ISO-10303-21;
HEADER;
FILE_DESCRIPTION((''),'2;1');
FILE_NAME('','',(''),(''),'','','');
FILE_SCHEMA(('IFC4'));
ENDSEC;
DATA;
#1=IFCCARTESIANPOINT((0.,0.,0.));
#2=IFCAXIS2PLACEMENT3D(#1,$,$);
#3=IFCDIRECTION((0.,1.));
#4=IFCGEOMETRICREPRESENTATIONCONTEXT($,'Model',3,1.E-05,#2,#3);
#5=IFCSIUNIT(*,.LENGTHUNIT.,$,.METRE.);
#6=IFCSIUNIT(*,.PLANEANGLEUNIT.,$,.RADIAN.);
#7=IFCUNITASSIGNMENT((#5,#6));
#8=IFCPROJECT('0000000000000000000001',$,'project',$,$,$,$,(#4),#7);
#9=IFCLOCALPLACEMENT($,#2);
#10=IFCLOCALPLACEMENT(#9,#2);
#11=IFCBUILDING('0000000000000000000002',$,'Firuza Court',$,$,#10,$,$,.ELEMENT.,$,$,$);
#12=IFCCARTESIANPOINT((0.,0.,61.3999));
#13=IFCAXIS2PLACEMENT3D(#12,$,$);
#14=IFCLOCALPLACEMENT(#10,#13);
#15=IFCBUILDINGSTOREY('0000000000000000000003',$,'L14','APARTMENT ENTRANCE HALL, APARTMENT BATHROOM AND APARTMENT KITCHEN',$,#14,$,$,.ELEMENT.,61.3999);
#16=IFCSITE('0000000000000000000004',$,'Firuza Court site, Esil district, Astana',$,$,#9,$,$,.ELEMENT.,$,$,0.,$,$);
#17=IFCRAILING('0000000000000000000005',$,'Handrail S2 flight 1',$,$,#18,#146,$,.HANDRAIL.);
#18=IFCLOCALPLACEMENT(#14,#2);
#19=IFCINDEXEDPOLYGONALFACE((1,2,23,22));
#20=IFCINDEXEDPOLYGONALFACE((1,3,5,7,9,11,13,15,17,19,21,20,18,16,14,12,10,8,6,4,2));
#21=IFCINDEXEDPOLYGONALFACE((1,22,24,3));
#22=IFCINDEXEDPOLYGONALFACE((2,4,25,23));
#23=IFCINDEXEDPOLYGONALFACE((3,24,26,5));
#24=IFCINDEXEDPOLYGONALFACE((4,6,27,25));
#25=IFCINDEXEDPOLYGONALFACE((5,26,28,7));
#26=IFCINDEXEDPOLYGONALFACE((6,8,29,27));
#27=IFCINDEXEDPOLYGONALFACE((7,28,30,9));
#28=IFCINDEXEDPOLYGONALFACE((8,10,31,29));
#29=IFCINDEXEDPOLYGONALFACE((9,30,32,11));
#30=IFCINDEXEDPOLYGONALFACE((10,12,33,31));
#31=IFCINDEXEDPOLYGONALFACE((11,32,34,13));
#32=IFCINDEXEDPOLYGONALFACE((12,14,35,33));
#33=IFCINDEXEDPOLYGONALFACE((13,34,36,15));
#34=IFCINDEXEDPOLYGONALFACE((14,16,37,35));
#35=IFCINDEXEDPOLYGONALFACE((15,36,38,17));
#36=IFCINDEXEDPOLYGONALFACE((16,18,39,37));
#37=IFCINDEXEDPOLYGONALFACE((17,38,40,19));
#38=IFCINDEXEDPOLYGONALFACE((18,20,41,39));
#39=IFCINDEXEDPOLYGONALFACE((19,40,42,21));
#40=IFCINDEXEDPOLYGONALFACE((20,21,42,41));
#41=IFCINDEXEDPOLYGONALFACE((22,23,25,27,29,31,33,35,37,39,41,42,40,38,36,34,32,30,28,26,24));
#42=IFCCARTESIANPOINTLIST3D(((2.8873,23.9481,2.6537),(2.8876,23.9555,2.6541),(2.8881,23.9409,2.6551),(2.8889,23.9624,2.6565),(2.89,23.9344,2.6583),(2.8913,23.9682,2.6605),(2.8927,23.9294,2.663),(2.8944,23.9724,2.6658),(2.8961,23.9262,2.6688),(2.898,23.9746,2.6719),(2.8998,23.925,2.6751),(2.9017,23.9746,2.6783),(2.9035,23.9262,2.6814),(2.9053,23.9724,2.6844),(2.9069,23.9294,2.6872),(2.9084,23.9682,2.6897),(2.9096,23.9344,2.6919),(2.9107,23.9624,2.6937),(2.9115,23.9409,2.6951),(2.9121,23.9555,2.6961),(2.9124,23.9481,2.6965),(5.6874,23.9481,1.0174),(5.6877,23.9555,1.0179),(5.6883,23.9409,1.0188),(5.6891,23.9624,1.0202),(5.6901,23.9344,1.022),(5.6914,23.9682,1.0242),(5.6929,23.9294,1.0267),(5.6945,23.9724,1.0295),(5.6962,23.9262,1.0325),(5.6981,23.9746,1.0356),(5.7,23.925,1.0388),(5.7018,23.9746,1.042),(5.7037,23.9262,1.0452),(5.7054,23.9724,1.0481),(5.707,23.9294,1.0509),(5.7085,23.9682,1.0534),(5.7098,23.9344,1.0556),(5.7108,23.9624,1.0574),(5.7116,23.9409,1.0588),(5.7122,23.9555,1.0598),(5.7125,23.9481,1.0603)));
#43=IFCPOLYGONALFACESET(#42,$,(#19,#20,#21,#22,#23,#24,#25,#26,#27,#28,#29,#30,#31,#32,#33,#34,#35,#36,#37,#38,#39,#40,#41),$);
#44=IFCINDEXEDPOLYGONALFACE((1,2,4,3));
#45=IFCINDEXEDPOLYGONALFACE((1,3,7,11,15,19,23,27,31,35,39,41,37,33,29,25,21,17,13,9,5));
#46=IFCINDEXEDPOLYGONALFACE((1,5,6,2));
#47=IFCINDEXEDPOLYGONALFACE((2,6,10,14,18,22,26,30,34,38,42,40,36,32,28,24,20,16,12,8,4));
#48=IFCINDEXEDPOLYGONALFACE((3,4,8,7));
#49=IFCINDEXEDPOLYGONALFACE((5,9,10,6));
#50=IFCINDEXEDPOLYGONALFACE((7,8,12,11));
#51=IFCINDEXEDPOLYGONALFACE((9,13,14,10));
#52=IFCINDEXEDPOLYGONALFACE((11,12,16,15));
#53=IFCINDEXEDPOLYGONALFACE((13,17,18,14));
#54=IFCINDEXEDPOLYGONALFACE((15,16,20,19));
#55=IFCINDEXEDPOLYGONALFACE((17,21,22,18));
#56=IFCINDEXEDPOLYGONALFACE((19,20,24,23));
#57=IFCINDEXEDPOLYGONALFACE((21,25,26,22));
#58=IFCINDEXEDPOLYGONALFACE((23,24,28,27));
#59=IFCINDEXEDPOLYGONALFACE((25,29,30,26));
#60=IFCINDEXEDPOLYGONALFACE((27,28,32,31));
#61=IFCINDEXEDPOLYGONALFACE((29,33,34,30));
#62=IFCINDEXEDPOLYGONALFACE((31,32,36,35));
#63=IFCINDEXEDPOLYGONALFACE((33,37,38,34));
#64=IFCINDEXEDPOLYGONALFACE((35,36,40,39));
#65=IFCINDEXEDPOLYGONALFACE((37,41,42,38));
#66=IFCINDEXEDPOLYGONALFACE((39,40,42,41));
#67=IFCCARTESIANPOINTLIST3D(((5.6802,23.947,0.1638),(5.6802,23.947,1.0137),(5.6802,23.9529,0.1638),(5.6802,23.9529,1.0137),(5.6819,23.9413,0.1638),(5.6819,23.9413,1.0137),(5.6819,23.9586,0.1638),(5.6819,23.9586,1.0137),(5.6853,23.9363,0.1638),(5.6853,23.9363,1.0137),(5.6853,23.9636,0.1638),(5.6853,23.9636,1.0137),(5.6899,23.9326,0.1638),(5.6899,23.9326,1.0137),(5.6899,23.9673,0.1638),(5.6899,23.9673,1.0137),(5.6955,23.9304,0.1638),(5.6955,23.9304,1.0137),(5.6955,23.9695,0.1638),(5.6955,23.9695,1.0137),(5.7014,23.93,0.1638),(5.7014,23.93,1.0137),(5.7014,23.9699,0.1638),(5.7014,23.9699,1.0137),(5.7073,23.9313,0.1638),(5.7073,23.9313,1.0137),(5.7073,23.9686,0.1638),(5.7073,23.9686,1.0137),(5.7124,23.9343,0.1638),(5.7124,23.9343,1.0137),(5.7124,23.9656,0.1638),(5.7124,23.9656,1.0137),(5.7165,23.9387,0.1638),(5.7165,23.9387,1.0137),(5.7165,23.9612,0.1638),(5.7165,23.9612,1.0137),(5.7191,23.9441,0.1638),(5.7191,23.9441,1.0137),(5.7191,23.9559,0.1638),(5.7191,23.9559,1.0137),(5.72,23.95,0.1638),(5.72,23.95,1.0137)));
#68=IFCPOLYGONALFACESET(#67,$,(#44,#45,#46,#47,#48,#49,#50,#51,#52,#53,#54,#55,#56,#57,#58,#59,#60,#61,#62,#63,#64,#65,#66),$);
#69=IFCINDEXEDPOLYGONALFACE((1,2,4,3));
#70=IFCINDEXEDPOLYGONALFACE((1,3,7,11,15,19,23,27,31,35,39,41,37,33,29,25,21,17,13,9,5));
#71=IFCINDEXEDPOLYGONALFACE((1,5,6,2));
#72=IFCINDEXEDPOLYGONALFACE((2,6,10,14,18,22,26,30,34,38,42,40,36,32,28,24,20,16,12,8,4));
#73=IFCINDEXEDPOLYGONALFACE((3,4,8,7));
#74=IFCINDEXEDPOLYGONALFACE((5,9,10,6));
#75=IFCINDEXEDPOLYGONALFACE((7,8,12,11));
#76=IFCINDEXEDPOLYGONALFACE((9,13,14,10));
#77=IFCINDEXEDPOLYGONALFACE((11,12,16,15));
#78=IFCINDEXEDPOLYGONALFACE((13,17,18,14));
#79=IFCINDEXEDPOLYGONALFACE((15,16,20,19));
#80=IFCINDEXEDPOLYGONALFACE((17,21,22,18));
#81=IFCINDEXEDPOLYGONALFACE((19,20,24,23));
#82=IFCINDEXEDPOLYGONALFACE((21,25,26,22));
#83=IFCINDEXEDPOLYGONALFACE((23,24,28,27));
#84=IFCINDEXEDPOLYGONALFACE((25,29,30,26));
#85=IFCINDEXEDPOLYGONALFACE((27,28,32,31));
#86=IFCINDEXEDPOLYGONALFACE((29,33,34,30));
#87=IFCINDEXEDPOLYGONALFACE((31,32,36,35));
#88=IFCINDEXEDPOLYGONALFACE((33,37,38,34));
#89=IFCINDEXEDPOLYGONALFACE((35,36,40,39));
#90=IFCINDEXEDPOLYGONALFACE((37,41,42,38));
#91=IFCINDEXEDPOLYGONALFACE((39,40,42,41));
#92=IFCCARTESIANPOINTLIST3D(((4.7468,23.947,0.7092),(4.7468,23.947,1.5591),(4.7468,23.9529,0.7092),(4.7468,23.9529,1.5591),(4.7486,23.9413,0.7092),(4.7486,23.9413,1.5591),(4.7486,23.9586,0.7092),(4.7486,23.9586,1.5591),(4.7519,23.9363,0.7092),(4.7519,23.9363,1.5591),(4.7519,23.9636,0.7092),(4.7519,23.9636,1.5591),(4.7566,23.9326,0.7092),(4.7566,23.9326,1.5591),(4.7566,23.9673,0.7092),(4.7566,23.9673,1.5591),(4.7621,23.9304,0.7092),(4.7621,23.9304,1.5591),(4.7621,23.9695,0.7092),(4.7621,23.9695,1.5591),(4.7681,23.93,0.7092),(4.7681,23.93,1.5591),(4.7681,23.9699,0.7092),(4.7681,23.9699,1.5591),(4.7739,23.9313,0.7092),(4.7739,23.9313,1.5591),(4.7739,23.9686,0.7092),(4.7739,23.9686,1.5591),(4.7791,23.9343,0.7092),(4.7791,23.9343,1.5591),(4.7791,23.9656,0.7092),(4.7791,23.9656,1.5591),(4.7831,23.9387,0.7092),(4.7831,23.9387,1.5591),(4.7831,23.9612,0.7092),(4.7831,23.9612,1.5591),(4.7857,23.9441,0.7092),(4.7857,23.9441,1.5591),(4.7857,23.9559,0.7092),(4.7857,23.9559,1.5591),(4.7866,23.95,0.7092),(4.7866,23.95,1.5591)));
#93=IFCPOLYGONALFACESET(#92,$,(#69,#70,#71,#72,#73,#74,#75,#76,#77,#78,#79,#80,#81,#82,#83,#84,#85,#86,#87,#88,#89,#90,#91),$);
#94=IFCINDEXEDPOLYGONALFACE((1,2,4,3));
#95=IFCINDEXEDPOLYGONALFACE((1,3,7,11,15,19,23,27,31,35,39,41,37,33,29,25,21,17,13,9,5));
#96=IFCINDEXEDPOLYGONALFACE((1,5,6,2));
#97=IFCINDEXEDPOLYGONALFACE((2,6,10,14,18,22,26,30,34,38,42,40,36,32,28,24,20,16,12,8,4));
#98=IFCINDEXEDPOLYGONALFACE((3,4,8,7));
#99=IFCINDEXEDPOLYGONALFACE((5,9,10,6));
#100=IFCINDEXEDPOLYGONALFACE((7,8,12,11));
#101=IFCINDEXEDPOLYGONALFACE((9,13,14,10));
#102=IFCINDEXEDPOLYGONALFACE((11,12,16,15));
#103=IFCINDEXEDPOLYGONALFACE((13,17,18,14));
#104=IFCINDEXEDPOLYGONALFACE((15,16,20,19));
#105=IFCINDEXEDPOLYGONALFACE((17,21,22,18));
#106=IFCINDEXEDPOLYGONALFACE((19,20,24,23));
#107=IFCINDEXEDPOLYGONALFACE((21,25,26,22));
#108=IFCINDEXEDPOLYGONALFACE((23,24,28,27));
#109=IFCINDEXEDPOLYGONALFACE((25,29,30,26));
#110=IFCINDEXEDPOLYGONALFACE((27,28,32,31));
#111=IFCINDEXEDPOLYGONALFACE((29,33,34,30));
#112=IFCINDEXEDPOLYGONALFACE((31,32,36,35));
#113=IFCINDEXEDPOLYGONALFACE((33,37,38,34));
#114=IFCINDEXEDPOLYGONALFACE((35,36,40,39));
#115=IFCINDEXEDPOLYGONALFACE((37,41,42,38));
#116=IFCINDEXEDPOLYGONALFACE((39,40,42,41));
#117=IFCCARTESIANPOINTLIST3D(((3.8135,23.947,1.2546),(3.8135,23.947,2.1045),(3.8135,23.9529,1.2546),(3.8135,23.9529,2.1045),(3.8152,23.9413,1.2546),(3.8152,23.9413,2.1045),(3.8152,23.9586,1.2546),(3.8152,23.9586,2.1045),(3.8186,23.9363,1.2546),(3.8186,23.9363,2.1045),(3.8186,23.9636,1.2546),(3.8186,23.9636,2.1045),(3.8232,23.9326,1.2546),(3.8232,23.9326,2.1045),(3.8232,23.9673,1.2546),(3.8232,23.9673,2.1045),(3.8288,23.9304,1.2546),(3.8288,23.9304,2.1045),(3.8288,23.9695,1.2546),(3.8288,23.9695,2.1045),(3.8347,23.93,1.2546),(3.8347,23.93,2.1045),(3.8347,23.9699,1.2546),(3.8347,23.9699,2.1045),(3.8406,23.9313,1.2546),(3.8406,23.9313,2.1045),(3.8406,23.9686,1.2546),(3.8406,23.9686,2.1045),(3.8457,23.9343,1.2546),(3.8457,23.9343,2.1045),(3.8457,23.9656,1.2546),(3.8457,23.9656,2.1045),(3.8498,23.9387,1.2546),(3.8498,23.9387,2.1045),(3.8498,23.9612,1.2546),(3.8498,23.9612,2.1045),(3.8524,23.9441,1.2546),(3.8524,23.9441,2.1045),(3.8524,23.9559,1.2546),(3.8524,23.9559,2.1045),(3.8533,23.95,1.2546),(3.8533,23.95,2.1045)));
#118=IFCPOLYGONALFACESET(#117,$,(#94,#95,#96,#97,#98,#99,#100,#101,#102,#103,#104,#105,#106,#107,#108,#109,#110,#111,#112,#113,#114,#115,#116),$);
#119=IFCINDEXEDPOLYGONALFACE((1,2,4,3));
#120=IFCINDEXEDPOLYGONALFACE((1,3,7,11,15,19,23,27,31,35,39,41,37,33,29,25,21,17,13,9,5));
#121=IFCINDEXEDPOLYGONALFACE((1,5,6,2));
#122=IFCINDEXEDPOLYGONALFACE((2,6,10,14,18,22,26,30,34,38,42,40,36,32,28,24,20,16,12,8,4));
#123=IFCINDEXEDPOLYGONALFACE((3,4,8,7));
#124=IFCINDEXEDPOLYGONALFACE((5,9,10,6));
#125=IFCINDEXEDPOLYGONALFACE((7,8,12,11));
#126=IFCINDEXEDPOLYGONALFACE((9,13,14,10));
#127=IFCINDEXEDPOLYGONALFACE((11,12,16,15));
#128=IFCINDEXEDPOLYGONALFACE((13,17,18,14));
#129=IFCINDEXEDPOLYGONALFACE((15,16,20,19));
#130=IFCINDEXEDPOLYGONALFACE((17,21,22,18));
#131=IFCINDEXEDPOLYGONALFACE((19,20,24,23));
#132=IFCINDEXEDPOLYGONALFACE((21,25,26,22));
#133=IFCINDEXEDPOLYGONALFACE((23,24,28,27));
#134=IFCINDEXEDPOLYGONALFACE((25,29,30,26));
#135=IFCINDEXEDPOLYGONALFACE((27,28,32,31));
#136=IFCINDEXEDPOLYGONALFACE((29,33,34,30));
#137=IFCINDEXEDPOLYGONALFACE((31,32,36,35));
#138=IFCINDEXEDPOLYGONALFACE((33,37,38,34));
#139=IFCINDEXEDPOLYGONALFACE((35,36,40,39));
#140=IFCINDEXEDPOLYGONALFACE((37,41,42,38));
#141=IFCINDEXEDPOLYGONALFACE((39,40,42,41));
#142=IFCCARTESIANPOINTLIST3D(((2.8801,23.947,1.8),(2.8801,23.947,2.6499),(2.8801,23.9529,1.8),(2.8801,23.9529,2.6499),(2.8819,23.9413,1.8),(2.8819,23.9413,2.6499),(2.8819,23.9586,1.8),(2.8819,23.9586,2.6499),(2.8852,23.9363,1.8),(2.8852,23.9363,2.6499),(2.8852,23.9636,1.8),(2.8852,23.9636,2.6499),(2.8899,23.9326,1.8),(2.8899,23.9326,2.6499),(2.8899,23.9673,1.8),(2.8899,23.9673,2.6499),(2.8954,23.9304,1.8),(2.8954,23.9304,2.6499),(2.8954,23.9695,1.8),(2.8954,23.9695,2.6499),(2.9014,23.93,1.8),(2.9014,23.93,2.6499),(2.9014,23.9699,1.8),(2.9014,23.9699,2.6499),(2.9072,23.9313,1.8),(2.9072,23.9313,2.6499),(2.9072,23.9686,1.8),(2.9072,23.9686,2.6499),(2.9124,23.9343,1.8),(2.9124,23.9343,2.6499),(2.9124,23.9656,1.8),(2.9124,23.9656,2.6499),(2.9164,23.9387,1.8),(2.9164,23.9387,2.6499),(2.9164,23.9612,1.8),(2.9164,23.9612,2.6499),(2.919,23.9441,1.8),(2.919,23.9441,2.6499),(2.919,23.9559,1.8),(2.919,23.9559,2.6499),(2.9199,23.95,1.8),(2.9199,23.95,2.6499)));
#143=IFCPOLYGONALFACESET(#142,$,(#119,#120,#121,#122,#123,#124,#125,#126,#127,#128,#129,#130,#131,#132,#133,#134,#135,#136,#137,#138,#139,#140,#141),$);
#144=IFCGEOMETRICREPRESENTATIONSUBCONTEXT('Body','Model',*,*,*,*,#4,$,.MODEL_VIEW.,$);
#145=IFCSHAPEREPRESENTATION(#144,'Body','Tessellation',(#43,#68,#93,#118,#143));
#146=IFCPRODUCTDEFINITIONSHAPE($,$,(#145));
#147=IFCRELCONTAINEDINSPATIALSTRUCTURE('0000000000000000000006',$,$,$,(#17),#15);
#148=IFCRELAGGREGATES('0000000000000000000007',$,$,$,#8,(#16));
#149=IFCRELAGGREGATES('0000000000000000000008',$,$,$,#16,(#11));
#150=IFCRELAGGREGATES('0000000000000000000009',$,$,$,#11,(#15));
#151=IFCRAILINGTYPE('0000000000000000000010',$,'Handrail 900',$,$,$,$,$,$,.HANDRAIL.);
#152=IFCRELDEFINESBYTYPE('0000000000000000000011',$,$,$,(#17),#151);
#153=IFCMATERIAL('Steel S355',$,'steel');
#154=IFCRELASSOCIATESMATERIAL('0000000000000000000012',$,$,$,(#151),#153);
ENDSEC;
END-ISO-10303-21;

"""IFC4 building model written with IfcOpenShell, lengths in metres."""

from ifc_helpers import new_model, si_unit, direction, frame, origin, origin_2d, place, context, subcontext, project, spatial, circle, extrude, material, type_object, element, save


model = new_model("IFC4")

# Units and contexts
model_context = context("Model", 3, precision=1e-05, world=origin(), true_north=direction((0.0, 1.0)))
body_context = subcontext(model_context, "Body", "Model", "MODEL_VIEW")
ifc_project = project(units=[si_unit("LENGTHUNIT", "METRE"), si_unit("PLANEANGLEUNIT", "RADIAN")], contexts=[model_context])

# Site, building, storey
site_placement = place(None, origin())
site = spatial("IfcSite", under=ifc_project, at=site_placement, Name="Firuza Court site, Esil district, Astana", CompositionType="ELEMENT", RefElevation=0.0)
building_placement = place(site_placement, origin())
building = spatial("IfcBuilding", under=site, at=building_placement, Name="Firuza Court", CompositionType="ELEMENT")
storey_placement = place(building_placement, frame((0.0, 0.0, 61.3999)))
storey = spatial("IfcBuildingStorey", under=building, at=storey_placement, Name="L14", Description="APARTMENT ENTRANCE HALL, APARTMENT BATHROOM AND APARTMENT KITCHEN", CompositionType="ELEMENT", Elevation=61.3999)

# Railing
ifc_material_1 = material(Name="Steel S355", Category="steel")
railing_type_1 = type_object("IfcRailingType", Name="Handrail 900", PredefinedType="HANDRAIL", material=ifc_material_1)
railing_1_placement = place(storey_placement, frame((5.7, 23.95, 0.1638)))
element("IfcRailing", 1, at=railing_1_placement, inside=storey, type_object=railing_type_1, Name="Handrail S2 flight 1", PredefinedType="HANDRAIL", context=body_context, shape_type="SweptSolid", body=[
    extrude(circle(Radius=0.0249, at=origin_2d()), frame((0.0, 0.0, 0.875), z_axis=(-0.863394, 0.0, 0.504531), x_axis=(0.0, -1.0, 0.0)), (0.0, 0.0, 1.0), 3.2432),
    extrude(circle(Radius=0.02, at=origin_2d()), origin(), (0.0, 0.0, 1.0), 0.8499),
    extrude(circle(Radius=0.02, at=origin_2d()), frame((-0.9333, 0.0, 0.5454)), (0.0, 0.0, 1.0), 0.8499),
    extrude(circle(Radius=0.02, at=origin_2d()), frame((-1.8667, 0.0, 1.0908)), (0.0, 0.0, 1.0), 0.8499),
    extrude(circle(Radius=0.02, at=origin_2d()), frame((-2.8, 0.0, 1.6362)), (0.0, 0.0, 1.0), 0.8499),
])

save(model, "model.ifc")
